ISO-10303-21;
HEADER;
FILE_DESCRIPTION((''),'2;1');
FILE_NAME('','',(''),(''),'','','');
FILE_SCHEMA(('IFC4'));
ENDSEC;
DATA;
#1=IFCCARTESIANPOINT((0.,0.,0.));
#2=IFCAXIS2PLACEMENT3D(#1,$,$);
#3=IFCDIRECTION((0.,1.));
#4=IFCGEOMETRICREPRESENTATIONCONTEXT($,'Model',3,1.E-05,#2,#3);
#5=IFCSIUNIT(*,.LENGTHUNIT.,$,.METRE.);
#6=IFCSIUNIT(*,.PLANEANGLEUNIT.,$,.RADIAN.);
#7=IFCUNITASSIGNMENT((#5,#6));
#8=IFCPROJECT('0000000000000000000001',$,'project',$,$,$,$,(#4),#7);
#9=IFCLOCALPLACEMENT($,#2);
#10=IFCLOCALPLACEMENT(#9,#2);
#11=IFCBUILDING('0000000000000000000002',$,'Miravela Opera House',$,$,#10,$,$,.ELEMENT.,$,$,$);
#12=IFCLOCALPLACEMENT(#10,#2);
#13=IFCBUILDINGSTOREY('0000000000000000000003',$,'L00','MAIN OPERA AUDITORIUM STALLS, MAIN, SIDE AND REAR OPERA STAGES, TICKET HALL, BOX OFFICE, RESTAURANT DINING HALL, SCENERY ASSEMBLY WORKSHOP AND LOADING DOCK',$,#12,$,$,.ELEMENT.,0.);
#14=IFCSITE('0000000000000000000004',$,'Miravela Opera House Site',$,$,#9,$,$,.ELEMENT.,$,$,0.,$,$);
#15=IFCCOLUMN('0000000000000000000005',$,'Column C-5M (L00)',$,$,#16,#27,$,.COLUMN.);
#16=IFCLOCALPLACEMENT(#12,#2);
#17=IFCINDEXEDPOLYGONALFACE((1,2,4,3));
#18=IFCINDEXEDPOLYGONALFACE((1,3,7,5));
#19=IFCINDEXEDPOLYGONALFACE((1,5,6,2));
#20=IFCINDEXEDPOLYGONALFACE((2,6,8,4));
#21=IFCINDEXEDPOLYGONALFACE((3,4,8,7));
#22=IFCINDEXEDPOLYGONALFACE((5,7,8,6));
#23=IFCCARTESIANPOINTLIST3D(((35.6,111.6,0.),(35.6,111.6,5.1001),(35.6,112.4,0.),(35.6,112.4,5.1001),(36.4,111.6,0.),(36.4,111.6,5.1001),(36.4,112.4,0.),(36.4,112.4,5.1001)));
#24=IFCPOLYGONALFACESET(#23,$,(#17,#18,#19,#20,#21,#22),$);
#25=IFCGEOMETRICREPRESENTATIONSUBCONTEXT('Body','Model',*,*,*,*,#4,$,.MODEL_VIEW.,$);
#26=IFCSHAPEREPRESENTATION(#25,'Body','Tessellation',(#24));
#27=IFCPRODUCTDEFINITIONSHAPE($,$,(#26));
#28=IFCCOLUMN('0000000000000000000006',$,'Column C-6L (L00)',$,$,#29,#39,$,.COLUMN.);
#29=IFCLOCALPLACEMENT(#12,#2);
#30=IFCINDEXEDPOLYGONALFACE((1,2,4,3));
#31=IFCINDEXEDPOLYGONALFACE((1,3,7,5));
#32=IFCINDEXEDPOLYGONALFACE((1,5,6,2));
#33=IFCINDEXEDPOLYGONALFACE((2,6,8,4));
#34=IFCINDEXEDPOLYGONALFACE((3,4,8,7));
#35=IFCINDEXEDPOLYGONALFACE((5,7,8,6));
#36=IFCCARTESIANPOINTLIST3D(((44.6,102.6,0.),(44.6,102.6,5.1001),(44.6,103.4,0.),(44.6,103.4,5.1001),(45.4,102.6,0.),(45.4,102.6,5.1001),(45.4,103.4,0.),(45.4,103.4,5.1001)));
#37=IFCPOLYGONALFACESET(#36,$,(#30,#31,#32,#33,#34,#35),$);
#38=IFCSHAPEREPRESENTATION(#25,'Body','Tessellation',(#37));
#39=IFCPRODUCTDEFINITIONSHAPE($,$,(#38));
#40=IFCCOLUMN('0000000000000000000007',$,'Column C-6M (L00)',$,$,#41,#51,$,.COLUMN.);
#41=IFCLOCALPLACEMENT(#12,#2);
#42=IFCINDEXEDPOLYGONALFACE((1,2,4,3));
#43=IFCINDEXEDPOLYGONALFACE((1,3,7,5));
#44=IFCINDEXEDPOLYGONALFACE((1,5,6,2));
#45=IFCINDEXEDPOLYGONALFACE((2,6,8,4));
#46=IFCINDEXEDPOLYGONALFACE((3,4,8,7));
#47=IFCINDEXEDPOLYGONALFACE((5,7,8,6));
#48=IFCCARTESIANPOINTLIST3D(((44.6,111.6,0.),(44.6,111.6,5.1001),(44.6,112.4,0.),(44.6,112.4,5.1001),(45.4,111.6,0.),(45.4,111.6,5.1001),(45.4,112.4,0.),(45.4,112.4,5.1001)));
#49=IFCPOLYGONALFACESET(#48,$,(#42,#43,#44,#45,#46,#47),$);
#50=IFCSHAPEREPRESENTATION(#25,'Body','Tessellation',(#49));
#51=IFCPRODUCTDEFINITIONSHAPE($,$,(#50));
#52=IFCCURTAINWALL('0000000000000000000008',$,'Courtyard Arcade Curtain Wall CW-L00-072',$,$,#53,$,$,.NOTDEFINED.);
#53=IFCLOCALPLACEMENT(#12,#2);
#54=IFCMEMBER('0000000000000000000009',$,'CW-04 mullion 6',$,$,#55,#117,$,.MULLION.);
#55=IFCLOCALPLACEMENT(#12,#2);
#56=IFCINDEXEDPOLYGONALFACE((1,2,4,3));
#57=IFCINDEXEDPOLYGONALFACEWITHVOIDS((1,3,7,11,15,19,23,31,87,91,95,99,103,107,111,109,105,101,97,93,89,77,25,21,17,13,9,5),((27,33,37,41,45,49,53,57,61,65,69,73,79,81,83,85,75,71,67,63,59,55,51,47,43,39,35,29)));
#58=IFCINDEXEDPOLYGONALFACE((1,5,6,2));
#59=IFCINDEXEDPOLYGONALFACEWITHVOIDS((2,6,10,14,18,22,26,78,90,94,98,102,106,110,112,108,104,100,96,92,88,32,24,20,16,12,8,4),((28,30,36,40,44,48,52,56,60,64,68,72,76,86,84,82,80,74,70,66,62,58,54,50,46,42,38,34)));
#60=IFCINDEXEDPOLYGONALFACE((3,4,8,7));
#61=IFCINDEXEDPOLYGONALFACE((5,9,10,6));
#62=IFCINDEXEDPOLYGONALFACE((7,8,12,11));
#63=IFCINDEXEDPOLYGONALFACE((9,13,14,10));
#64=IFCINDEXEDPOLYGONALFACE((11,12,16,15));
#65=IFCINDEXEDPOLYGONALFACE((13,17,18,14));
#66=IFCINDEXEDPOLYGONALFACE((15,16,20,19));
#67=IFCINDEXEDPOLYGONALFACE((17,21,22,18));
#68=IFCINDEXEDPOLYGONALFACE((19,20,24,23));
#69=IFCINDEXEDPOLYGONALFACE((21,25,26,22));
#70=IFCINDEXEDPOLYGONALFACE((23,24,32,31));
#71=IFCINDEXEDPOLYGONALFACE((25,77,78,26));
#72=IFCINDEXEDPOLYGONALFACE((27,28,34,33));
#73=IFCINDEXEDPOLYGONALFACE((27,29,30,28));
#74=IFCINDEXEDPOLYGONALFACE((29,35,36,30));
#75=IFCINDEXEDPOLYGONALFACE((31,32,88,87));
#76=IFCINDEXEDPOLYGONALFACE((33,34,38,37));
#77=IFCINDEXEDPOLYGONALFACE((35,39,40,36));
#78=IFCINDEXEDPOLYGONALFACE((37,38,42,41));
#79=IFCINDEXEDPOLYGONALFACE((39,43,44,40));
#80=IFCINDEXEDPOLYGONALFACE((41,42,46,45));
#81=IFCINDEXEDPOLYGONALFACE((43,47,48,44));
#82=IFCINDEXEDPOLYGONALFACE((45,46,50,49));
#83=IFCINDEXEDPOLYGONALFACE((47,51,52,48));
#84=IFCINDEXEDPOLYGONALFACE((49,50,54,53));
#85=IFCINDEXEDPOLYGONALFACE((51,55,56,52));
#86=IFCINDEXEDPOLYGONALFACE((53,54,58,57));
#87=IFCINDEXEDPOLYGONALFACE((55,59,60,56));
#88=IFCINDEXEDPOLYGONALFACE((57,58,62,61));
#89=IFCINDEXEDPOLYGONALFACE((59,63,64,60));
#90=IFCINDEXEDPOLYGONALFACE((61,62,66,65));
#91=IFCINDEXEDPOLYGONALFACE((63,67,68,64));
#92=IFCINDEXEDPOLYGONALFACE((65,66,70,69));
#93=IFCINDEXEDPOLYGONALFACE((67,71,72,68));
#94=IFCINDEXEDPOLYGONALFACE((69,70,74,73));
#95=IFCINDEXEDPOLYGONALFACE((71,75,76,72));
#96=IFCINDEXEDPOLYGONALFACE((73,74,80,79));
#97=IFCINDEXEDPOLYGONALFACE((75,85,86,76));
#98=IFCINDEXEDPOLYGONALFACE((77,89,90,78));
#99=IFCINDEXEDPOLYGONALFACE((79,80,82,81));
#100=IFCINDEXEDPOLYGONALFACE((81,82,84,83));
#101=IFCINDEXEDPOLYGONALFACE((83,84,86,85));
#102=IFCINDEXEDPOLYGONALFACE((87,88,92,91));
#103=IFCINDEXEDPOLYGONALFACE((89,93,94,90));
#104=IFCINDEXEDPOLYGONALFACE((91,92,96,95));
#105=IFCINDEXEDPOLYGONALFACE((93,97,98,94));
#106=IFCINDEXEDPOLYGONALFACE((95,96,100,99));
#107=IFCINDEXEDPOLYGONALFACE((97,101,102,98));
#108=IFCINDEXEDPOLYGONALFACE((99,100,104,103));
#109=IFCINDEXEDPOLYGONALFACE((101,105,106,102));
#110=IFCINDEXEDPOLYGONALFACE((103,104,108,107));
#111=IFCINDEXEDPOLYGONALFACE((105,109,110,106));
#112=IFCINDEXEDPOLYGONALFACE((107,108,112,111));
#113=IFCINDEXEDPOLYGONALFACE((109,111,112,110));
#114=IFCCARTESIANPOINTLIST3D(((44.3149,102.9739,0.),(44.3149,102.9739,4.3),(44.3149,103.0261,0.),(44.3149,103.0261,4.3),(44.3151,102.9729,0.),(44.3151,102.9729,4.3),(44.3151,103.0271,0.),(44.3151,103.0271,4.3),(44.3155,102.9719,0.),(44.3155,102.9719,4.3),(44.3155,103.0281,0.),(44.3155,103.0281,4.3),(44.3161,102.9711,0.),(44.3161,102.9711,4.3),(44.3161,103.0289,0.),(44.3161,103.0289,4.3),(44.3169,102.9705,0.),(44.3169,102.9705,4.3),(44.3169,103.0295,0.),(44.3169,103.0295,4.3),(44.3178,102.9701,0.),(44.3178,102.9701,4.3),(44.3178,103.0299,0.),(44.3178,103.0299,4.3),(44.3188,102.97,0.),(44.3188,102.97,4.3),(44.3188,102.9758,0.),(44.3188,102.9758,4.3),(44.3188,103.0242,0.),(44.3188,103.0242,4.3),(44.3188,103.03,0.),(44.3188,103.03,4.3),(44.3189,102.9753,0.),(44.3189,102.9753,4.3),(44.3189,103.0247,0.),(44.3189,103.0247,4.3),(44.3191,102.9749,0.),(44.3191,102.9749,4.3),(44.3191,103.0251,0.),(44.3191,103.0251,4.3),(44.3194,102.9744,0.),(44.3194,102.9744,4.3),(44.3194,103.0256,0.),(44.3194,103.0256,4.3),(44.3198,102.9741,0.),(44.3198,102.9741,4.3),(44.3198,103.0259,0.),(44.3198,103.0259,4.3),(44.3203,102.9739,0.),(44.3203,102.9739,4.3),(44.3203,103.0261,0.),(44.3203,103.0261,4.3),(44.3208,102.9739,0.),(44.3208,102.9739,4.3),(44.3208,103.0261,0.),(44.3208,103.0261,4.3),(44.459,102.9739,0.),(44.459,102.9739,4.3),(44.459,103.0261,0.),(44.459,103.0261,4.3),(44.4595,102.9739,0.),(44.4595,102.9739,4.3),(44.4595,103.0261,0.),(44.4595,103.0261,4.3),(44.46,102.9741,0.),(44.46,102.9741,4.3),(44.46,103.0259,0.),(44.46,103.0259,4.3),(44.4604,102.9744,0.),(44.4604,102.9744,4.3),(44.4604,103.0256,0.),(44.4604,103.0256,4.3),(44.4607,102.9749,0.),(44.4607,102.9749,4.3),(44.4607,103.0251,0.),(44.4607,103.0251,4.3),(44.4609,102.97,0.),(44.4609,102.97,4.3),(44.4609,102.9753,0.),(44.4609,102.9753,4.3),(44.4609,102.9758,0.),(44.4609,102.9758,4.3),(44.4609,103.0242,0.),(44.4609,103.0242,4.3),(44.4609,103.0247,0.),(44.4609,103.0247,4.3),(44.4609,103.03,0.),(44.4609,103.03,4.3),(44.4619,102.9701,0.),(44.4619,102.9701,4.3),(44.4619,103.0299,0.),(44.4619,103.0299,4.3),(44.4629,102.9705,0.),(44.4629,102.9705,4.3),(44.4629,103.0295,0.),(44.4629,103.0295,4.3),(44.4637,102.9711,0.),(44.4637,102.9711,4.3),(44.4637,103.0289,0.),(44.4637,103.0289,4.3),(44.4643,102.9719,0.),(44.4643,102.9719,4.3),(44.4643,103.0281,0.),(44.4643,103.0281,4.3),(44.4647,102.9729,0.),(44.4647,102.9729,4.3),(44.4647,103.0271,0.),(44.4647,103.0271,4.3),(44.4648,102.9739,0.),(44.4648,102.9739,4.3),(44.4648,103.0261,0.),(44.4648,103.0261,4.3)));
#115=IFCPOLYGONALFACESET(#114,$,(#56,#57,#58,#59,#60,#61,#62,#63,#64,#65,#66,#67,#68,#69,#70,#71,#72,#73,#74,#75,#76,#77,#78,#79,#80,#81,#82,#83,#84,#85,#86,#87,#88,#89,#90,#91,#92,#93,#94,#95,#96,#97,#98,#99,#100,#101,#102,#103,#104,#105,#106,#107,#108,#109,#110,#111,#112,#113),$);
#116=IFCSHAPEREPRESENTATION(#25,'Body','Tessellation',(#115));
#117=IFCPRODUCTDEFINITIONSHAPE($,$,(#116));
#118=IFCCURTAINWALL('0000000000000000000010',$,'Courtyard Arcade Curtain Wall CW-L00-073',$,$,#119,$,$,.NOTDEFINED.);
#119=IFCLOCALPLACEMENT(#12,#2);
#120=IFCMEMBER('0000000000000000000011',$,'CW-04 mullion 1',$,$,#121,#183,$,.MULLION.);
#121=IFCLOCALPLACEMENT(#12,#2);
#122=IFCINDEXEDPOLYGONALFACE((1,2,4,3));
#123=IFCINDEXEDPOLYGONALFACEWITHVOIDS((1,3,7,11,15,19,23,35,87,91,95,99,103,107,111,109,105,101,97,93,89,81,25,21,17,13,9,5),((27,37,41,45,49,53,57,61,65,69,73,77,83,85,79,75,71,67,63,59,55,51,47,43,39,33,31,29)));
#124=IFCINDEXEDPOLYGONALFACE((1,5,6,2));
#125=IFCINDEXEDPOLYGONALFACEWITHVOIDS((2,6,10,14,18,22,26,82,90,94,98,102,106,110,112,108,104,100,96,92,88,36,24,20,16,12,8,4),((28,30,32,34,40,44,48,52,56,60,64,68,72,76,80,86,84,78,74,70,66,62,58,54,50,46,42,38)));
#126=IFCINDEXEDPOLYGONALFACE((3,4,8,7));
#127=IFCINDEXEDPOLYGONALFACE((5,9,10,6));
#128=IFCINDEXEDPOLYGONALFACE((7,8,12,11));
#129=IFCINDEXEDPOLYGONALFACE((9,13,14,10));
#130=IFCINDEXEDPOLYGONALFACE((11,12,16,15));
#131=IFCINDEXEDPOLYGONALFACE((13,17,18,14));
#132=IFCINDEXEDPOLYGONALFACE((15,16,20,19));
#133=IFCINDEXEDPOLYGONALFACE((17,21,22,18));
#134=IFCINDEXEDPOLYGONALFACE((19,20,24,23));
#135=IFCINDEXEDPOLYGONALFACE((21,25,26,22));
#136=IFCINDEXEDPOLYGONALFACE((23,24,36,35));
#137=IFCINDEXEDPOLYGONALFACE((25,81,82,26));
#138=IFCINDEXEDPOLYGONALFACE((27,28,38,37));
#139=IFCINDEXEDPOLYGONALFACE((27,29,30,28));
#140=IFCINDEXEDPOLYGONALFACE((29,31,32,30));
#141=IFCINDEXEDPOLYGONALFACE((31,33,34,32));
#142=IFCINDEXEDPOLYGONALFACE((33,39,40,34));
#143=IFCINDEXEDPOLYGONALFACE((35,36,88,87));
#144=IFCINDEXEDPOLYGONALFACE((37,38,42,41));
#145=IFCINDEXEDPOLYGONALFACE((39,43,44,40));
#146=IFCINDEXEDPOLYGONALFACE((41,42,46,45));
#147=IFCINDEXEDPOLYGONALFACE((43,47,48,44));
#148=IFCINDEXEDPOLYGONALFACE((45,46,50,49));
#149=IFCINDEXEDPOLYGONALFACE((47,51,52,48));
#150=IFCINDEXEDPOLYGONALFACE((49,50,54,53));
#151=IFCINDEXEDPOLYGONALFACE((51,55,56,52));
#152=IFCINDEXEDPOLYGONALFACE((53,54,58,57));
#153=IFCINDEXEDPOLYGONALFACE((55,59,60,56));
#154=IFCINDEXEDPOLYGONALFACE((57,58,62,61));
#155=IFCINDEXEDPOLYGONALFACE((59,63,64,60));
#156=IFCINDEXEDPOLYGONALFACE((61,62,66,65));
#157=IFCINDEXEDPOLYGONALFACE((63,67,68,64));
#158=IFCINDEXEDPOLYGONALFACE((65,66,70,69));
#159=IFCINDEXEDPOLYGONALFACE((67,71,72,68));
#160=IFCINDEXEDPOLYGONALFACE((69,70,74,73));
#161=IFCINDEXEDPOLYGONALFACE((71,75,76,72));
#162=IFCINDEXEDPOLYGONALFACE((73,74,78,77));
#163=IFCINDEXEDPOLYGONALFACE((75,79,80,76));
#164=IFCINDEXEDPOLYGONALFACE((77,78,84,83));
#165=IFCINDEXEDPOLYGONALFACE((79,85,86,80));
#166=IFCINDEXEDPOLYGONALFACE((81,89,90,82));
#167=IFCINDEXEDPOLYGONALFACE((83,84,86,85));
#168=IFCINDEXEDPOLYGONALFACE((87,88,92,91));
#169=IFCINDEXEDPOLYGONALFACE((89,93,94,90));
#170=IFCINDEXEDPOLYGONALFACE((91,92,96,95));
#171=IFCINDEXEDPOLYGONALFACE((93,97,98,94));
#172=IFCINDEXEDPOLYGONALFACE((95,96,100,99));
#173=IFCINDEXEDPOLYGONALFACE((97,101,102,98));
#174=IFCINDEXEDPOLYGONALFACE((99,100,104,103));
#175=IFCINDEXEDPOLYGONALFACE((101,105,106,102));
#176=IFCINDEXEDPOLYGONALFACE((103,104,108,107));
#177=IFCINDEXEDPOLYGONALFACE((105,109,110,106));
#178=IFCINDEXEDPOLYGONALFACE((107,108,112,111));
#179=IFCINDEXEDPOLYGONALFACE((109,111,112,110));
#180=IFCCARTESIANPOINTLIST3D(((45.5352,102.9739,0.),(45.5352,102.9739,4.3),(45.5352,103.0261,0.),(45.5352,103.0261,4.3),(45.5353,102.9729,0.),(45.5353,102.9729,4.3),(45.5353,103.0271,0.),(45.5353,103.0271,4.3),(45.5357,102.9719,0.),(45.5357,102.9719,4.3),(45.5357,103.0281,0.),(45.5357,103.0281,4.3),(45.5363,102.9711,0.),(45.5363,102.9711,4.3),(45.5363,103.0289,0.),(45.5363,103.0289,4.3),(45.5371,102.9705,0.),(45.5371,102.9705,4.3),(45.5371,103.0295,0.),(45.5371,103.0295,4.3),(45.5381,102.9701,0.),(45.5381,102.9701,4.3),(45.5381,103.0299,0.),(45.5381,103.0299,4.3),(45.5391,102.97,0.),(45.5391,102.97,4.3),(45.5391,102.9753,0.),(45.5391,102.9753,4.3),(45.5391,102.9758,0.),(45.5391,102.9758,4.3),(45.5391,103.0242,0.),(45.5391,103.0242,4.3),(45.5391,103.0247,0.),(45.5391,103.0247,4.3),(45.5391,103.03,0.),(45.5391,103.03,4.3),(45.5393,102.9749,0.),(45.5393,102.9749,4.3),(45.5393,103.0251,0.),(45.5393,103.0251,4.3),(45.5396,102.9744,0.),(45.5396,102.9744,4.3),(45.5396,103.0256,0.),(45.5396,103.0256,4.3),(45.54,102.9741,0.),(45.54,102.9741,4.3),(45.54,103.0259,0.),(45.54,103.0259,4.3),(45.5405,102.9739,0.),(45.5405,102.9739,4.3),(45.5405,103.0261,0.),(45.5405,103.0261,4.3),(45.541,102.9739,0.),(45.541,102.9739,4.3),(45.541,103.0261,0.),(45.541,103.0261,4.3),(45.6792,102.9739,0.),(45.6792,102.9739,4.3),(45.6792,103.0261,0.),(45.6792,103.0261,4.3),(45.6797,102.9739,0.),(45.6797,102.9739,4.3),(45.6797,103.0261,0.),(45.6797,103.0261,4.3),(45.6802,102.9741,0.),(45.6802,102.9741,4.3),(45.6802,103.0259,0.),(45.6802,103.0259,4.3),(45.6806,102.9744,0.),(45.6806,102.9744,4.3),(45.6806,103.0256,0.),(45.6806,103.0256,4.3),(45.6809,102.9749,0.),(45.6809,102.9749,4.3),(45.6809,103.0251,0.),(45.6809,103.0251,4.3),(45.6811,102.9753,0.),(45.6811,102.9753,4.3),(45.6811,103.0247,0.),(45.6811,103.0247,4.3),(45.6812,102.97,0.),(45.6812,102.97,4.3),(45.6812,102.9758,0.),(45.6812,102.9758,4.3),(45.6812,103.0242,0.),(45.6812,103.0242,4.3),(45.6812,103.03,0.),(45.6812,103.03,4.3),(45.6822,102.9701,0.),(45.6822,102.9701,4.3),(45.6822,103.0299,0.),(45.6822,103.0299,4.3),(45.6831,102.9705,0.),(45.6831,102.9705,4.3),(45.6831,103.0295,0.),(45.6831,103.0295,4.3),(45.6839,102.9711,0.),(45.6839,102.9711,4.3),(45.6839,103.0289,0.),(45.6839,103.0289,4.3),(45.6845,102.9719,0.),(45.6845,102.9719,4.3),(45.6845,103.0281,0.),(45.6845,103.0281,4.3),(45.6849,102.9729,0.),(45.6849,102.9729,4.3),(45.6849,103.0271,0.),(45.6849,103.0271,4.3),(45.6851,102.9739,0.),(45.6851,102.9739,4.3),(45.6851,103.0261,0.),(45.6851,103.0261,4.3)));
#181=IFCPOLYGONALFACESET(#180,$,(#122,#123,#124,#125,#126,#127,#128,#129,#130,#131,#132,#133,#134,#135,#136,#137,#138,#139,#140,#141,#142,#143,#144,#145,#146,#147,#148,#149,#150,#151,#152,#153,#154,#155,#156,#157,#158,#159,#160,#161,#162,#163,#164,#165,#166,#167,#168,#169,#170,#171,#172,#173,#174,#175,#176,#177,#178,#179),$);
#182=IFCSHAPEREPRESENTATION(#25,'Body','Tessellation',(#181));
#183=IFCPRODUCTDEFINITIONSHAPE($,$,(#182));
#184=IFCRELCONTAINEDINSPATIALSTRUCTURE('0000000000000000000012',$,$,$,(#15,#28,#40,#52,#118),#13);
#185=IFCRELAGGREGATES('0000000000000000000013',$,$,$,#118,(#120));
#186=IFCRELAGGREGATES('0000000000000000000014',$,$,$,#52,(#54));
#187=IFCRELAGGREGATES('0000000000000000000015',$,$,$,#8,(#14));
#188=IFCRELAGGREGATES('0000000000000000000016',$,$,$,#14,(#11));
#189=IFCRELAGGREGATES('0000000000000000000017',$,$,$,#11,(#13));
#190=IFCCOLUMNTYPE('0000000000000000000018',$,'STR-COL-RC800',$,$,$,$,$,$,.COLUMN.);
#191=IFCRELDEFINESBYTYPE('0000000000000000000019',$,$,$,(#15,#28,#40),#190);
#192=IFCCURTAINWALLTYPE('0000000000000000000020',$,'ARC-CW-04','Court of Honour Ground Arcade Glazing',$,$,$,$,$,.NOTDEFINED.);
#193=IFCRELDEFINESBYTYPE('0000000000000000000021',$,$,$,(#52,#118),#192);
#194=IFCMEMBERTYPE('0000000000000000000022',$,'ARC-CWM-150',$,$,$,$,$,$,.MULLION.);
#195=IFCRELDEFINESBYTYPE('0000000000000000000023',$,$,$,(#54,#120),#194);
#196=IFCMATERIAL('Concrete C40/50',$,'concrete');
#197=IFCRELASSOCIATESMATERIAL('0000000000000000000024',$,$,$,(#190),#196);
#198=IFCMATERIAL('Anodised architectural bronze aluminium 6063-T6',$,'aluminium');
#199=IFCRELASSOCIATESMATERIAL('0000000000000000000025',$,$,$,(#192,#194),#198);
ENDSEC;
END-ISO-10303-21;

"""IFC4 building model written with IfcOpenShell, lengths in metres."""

from ifc_helpers import new_model, si_unit, direction, frame, origin, origin_2d, place, context, subcontext, project, spatial, rectangle, hollow_rectangle, extrude, material, material_profile, profile_set, type_object, element, aggregate, save


model = new_model("IFC4")

# Units and contexts
model_context = context("Model", 3, precision=1e-05, world=origin(), true_north=direction((0.0, 1.0)))
body_context = subcontext(model_context, "Body", "Model", "MODEL_VIEW")
ifc_project = project(units=[si_unit("LENGTHUNIT", "METRE"), si_unit("PLANEANGLEUNIT", "RADIAN")], contexts=[model_context])

# Site, building, storey
site_placement = place(None, origin())
site = spatial("IfcSite", under=ifc_project, at=site_placement, Name="Miravela Opera House Site", CompositionType="ELEMENT", RefElevation=0.0)
building_placement = place(site_placement, origin())
building = spatial("IfcBuilding", under=site, at=building_placement, Name="Miravela Opera House", CompositionType="ELEMENT")
storey_placement = place(building_placement, origin())
storey = spatial("IfcBuildingStorey", under=building, at=storey_placement, Name="L00", Description="MAIN OPERA AUDITORIUM STALLS, MAIN, SIDE AND REAR OPERA STAGES, TICKET HALL, BOX OFFICE, RESTAURANT DINING HALL, SCENERY ASSEMBLY WORKSHOP AND LOADING DOCK", CompositionType="ELEMENT", Elevation=0.0)

# Columns
ifc_material_1 = material(Name="Concrete C40/50", Category="concrete")
ifc_material_profile_1 = material_profile(ifc_material_1, rectangle(XDim=0.8, YDim=0.8, at=origin_2d()), Name="RC-COL-800X800")
ifc_profile_set_1 = profile_set([ifc_material_profile_1])
column_type = type_object("IfcColumnType", Name="STR-COL-RC800", PredefinedType="COLUMN", material=ifc_profile_set_1)
for number, where, z_axis, x_axis, name in (
    (1, (36.0, 112.0, 0.0), (0.0, 0.0, 1.0), (1.0, 0.0, 0.0), "Column C-5M (L00)"),
    (2, (45.0, 103.0, 0.0), (0.0, 0.0, 1.0), (1.0, 0.0, 0.0), "Column C-6L (L00)"),
    (3, (45.0, 112.0, 0.0), (0.0, 0.0, 1.0), (1.0, 0.0, 0.0), "Column C-6M (L00)"),
):
    element("IfcColumn", number, at=place(storey_placement, frame(where, z_axis=z_axis, x_axis=x_axis)), inside=storey, type_object=column_type, Name=name, PredefinedType="COLUMN", context=body_context, shape_type="SweptSolid", body=[
        extrude(rectangle(XDim=0.8, YDim=0.8, at=origin_2d()), origin(), (0.0, 0.0, 1.0), 5.1001),
    ])

# Curtain walls, members
ifc_material_2 = material(Name="Anodised architectural bronze aluminium 6063-T6", Category="aluminium")
curtain_wall_type = type_object("IfcCurtainWallType", Name="ARC-CW-04", Description="Court of Honour Ground Arcade Glazing", PredefinedType="NOTDEFINED", material=ifc_material_2)
curtain_wall_1_placement = place(storey_placement, origin())
curtain_wall_1 = element("IfcCurtainWall", 4, at=curtain_wall_1_placement, inside=storey, type_object=curtain_wall_type, Name="Courtyard Arcade Curtain Wall CW-L00-072", PredefinedType="NOTDEFINED")
ifc_material_profile_2 = material_profile(ifc_material_2, hollow_rectangle(XDim=0.0601, YDim=0.1499, WallThickness=0.0039, InnerFilletRadius=0.002, OuterFilletRadius=0.0039, at=origin_2d()), Name="CWM-60X150")
ifc_profile_set_2 = profile_set([ifc_material_profile_2])
member_type_1 = type_object("IfcMemberType", Name="ARC-CWM-150", PredefinedType="MULLION", material=ifc_profile_set_2)
member_1_placement = place(storey_placement, frame((44.3899, 103.0, 0.0), z_axis=(0.0, 0.0, 1.0), x_axis=(0.0, 1.0, 0.0)))
member_1 = element("IfcMember", 5, at=member_1_placement, type_object=member_type_1, Name="CW-04 mullion 6", PredefinedType="MULLION", context=body_context, shape_type="SweptSolid", body=[
    extrude(hollow_rectangle(XDim=0.0601, YDim=0.1499, WallThickness=0.0039, InnerFilletRadius=0.002, OuterFilletRadius=0.0039, at=origin_2d()), origin(), (0.0, 0.0, 1.0), 4.3),
])
curtain_wall_2_placement = place(storey_placement, origin())
curtain_wall_2 = element("IfcCurtainWall", 6, at=curtain_wall_2_placement, inside=storey, type_object=curtain_wall_type, Name="Courtyard Arcade Curtain Wall CW-L00-073", PredefinedType="NOTDEFINED")
member_2_placement = place(storey_placement, frame((45.6101, 103.0, 0.0), z_axis=(0.0, 0.0, 1.0), x_axis=(0.0, 1.0, 0.0)))
member_2 = element("IfcMember", 7, at=member_2_placement, type_object=member_type_1, Name="CW-04 mullion 1", PredefinedType="MULLION", context=body_context, shape_type="SweptSolid", body=[
    extrude(hollow_rectangle(XDim=0.0601, YDim=0.1499, WallThickness=0.0039, InnerFilletRadius=0.002, OuterFilletRadius=0.0039, at=origin_2d()), origin(), (0.0, 0.0, 1.0), 4.3),
])

aggregate(curtain_wall_2, [member_2])

aggregate(curtain_wall_1, [member_1])

save(model, "model.ifc")
